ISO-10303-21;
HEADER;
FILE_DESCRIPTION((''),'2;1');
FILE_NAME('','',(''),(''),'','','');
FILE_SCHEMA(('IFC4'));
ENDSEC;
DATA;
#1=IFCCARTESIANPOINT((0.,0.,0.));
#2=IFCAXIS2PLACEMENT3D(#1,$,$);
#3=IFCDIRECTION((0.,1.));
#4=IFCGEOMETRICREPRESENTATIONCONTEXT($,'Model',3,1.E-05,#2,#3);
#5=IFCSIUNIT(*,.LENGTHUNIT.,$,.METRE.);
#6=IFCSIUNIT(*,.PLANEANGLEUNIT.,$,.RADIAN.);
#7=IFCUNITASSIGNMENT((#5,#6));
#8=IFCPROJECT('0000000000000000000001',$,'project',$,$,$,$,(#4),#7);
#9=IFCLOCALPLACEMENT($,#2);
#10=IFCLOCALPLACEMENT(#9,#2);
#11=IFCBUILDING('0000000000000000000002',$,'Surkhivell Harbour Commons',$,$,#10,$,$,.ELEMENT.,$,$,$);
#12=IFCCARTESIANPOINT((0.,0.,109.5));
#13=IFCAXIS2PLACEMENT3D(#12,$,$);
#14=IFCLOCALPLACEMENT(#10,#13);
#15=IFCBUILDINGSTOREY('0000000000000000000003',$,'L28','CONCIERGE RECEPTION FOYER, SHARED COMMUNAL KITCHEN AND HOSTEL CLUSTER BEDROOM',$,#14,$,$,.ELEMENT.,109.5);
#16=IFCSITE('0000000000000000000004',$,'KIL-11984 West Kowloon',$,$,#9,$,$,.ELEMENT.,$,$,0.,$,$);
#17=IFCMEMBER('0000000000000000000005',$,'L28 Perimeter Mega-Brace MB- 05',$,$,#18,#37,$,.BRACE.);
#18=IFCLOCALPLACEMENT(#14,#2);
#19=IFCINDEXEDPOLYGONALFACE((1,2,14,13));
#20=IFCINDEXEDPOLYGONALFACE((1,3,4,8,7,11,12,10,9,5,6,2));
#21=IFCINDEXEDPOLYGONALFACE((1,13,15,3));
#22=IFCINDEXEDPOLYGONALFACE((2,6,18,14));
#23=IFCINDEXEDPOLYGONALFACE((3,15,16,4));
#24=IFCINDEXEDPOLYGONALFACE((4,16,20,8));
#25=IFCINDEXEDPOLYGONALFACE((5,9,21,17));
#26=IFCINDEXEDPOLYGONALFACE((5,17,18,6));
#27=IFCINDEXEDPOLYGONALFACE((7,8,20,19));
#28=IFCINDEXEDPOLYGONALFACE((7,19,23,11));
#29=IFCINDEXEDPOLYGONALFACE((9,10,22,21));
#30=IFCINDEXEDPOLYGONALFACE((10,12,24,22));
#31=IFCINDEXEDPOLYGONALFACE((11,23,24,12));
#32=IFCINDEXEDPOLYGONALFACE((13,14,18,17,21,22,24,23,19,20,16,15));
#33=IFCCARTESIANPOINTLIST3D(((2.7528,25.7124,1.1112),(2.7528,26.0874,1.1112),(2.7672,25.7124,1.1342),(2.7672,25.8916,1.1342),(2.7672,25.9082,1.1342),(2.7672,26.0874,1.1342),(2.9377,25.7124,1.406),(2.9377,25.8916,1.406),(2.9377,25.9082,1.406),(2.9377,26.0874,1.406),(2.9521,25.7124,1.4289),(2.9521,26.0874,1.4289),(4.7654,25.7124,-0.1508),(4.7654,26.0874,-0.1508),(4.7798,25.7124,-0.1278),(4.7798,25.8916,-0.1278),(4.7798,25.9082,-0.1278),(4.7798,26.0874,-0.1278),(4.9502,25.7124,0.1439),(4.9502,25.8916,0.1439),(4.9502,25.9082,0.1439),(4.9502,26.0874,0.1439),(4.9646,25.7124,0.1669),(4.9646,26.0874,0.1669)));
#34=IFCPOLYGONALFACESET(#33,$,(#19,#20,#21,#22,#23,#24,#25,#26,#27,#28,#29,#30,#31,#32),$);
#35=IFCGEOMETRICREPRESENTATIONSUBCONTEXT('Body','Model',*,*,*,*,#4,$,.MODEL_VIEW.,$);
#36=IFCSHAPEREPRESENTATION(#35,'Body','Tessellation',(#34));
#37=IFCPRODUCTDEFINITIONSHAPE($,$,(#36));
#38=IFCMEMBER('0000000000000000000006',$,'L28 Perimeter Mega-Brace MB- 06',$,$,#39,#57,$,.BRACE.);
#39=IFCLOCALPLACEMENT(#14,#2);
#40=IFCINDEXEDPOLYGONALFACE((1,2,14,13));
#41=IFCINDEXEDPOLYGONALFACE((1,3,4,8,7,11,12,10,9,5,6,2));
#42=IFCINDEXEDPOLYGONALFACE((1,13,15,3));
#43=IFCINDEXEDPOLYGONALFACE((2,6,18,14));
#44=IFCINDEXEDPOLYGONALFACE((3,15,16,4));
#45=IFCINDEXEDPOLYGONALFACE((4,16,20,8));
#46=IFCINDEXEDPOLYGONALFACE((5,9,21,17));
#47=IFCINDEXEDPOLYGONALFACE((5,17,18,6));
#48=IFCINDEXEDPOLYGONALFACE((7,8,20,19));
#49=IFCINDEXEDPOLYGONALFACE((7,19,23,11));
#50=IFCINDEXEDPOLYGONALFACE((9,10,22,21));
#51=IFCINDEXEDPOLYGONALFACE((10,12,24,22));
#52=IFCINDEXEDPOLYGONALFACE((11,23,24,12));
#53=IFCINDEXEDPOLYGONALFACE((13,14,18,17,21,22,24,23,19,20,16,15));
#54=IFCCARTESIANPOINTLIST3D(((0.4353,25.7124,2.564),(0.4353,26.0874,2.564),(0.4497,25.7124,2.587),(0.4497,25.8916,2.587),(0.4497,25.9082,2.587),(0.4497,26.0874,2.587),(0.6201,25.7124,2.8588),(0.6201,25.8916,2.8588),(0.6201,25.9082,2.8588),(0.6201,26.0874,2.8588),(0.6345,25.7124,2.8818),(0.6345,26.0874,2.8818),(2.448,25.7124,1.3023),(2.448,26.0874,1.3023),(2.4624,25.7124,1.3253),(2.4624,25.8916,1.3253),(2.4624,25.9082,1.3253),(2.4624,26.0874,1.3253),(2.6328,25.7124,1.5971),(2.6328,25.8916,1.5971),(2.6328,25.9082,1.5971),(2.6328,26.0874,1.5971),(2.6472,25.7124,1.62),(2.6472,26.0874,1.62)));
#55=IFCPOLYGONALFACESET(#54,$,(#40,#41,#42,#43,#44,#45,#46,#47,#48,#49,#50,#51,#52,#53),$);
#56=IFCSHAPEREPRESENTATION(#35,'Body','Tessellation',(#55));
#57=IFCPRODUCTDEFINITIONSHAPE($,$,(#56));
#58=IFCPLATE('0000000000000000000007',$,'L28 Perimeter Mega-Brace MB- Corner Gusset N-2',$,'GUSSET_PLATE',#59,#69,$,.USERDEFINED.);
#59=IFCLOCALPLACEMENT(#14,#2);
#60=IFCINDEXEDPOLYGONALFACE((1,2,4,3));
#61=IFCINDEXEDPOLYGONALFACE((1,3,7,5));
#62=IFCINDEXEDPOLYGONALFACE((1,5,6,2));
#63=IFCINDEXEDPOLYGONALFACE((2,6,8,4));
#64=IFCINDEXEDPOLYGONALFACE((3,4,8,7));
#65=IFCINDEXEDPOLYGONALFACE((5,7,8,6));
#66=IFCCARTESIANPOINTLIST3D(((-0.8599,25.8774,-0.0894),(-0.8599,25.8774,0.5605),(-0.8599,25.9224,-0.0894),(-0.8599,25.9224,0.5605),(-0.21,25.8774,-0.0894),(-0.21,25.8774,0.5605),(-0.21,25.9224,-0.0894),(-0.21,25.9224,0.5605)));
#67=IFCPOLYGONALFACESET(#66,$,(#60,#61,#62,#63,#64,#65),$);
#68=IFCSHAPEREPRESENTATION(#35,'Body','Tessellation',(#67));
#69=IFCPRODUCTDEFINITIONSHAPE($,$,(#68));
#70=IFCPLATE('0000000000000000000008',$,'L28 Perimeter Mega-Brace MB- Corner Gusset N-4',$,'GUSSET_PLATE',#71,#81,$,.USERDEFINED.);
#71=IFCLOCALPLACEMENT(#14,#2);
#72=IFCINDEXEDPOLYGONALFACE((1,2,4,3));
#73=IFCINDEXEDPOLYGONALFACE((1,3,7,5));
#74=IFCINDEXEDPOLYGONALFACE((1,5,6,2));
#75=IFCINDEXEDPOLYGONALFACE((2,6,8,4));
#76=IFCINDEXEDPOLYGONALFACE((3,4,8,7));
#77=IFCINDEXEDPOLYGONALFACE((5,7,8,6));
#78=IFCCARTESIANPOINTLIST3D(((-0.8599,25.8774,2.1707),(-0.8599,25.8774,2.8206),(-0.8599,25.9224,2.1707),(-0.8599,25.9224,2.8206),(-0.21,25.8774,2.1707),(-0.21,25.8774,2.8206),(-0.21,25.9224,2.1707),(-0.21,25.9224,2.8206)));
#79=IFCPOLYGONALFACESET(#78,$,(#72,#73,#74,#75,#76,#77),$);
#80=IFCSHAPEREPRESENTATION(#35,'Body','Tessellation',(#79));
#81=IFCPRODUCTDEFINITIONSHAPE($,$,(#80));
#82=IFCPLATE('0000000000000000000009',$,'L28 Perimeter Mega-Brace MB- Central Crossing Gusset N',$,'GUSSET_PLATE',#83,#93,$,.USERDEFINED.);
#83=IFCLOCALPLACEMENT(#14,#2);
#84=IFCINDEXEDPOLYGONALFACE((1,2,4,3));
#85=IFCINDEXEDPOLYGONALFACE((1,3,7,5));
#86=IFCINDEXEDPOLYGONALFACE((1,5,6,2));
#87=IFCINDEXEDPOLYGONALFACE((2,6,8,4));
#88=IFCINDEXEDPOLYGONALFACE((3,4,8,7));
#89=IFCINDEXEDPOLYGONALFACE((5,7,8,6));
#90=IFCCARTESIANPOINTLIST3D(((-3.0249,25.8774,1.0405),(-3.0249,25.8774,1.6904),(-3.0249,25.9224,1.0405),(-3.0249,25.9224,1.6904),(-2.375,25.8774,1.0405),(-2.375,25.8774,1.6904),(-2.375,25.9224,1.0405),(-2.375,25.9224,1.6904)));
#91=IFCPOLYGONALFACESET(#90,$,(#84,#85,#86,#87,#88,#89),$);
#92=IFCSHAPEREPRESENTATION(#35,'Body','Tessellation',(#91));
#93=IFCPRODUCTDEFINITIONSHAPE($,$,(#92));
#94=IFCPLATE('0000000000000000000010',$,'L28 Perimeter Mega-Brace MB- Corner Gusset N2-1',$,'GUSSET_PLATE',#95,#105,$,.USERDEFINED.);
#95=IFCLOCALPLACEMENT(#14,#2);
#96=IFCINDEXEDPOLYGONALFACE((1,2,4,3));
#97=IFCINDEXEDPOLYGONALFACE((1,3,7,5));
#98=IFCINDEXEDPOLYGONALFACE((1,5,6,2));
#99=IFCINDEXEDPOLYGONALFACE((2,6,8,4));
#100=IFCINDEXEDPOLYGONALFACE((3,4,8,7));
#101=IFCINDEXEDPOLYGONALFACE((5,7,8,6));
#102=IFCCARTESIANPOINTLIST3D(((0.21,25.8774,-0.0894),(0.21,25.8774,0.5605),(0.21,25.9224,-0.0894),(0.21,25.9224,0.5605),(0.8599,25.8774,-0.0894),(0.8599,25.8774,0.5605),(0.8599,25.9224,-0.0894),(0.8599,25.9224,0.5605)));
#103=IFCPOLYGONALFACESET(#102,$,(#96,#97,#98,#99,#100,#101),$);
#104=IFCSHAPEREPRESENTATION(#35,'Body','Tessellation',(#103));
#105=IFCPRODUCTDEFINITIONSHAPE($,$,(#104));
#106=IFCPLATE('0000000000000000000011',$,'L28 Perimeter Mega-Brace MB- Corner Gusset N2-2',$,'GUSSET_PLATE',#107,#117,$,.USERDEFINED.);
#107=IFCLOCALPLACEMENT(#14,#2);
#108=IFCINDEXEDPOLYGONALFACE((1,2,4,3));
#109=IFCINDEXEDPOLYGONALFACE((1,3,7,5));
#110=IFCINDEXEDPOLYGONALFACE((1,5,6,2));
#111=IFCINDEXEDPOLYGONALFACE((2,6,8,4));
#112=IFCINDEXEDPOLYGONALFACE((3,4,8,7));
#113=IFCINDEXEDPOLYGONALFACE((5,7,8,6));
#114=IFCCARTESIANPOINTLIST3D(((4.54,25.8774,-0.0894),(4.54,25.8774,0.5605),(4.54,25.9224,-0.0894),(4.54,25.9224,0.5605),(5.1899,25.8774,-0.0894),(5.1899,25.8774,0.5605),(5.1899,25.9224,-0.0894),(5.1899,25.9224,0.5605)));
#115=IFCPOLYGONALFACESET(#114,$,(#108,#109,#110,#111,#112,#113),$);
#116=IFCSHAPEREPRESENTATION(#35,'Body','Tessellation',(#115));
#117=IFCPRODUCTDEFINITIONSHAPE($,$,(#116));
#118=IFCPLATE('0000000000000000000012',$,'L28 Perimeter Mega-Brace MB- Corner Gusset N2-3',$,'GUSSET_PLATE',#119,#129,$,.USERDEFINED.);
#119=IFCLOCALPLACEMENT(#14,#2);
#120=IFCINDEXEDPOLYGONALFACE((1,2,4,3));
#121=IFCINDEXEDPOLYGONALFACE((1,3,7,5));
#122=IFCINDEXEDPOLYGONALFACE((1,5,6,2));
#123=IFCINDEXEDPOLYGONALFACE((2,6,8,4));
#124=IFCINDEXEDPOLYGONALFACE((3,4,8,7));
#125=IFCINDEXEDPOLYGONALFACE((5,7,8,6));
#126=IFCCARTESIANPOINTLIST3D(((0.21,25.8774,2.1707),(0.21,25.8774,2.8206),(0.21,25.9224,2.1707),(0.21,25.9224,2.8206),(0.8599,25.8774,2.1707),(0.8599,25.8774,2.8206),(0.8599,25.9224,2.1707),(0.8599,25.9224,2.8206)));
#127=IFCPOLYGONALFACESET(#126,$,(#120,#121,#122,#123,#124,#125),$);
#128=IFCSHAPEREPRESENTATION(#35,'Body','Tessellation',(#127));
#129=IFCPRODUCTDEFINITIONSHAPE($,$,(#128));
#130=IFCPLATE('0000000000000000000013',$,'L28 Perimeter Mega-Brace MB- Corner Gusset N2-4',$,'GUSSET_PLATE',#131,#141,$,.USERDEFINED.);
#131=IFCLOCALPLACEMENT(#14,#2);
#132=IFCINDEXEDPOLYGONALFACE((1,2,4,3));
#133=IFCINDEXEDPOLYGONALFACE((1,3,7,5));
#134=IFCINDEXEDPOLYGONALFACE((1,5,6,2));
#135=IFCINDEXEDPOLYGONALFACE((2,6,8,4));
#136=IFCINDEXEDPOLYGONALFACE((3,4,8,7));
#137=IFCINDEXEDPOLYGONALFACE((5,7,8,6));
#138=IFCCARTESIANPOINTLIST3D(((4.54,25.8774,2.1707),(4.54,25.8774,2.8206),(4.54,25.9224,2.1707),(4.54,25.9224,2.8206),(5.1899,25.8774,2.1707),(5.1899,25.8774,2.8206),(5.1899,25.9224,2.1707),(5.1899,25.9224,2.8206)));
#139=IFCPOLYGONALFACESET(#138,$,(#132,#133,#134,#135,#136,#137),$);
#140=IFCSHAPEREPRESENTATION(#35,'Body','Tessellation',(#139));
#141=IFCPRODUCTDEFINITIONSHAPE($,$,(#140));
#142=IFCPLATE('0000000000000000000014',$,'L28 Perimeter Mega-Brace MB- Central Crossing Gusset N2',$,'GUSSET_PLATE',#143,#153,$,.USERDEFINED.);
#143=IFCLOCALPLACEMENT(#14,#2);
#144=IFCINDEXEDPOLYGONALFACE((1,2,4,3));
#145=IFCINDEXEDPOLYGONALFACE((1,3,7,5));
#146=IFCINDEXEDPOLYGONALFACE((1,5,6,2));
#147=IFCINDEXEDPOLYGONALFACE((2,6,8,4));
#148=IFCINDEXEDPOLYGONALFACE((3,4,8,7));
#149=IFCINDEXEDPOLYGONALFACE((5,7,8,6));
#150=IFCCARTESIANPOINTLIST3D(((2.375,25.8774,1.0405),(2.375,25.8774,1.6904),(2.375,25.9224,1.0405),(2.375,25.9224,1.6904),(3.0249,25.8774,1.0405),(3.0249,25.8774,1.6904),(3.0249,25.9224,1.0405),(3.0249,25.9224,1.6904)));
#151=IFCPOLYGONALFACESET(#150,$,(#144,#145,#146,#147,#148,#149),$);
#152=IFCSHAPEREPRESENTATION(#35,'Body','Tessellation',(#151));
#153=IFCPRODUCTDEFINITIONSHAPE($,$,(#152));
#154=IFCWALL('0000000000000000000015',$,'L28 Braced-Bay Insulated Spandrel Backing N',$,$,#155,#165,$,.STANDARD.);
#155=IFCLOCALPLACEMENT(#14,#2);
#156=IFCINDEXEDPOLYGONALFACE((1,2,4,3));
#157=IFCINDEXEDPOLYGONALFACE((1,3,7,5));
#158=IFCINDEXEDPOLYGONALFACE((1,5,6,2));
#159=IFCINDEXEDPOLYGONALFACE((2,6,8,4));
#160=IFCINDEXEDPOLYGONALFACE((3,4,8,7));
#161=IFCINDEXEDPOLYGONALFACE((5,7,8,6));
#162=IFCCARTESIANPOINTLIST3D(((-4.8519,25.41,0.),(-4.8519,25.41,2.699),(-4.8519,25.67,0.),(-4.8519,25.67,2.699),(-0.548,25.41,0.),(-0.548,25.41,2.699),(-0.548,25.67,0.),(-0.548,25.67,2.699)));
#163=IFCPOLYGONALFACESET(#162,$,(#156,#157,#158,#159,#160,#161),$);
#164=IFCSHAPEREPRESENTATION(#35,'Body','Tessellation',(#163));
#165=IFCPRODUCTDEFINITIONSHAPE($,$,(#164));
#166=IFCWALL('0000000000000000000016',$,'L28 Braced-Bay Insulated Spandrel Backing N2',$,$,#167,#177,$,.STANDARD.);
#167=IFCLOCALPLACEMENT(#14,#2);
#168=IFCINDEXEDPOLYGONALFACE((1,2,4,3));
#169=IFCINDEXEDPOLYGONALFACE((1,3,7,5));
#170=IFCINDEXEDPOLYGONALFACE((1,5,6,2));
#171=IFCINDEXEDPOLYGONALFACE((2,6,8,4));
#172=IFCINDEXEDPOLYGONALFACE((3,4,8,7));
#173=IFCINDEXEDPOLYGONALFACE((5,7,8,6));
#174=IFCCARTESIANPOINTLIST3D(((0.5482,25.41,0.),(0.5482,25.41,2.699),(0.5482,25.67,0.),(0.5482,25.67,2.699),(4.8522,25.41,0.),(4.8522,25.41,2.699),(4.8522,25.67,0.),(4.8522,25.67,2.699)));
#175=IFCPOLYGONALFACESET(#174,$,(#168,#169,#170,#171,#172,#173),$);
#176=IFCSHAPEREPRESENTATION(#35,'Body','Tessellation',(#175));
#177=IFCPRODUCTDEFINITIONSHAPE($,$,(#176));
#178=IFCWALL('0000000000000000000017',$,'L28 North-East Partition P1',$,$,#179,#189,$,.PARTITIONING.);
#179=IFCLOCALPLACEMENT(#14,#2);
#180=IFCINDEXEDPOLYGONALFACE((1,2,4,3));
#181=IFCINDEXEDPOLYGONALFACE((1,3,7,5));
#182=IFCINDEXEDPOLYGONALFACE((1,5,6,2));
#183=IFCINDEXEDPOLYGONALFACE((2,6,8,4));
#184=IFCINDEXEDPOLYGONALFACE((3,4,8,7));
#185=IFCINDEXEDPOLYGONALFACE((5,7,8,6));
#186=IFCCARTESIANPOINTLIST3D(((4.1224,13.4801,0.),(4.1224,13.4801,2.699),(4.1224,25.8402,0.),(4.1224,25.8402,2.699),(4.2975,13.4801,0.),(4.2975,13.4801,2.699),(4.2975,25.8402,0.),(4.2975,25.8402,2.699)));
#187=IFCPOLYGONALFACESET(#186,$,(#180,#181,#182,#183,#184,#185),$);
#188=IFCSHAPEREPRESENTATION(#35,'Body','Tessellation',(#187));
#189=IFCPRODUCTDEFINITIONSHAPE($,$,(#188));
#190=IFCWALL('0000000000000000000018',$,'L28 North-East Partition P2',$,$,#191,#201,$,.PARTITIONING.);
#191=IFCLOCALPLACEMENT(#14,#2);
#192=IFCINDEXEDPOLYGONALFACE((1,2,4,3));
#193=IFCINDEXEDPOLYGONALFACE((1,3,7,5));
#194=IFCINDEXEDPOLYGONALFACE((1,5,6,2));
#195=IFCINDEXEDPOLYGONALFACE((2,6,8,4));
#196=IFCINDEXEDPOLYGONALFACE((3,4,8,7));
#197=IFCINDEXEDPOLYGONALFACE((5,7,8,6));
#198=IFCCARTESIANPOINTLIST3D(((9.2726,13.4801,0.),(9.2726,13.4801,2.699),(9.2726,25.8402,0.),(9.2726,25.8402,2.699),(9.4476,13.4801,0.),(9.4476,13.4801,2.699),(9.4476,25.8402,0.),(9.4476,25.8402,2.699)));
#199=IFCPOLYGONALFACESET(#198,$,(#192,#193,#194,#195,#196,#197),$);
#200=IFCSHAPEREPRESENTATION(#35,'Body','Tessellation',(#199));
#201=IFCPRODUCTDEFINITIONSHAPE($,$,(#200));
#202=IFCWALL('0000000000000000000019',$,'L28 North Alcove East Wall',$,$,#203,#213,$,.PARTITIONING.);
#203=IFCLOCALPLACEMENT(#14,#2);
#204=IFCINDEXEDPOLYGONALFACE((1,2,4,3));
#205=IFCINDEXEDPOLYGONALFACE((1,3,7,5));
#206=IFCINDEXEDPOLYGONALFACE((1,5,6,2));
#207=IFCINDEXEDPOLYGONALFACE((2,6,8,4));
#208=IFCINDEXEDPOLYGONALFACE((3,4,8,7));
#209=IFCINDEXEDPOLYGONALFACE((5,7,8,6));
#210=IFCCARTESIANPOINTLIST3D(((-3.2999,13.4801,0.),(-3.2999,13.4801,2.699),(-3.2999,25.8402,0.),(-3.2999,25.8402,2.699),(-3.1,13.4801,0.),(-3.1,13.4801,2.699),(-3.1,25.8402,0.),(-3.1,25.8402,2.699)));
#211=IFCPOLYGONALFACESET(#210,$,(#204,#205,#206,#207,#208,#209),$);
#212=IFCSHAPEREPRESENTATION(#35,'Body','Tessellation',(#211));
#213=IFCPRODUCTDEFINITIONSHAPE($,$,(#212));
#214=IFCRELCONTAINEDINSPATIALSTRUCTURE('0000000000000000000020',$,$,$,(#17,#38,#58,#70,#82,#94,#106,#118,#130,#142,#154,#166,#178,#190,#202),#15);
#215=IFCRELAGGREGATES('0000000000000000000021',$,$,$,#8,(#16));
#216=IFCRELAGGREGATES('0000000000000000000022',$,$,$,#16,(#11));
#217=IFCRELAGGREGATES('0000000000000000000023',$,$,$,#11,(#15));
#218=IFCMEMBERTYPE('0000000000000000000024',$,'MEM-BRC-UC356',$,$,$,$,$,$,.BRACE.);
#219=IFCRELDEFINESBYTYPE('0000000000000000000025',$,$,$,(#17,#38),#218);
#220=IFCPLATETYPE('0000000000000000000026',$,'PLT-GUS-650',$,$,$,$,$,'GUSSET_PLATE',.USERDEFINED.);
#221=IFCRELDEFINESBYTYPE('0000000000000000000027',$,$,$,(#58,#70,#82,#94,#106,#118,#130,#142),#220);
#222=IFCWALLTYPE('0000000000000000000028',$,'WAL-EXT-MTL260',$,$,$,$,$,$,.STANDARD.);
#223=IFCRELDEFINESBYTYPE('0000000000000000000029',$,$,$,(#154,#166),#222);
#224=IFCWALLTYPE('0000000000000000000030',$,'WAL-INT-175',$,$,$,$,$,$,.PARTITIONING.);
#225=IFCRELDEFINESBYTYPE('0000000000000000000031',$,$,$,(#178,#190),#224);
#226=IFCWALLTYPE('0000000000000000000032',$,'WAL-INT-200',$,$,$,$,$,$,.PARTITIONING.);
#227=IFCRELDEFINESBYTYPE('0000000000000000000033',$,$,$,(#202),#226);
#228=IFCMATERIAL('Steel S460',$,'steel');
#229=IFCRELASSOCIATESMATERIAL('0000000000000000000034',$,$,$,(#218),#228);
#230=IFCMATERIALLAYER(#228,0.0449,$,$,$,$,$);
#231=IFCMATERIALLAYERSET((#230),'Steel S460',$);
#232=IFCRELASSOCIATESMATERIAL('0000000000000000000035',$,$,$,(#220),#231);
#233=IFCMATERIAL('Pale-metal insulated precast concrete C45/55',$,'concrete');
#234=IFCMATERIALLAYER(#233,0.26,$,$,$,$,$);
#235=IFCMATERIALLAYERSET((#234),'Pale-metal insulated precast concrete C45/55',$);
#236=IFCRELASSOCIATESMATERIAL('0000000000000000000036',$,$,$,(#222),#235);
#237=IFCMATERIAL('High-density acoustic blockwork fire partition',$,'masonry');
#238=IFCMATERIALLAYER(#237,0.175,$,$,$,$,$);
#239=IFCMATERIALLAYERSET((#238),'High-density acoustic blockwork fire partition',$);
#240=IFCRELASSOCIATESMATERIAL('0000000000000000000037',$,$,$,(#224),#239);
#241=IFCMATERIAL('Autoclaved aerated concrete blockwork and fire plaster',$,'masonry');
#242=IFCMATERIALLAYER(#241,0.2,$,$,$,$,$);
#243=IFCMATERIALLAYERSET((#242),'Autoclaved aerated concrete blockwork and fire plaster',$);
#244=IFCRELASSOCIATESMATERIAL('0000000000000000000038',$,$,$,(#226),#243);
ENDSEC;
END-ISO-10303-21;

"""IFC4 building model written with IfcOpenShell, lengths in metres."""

from ifc_helpers import new_model, si_unit, direction, frame, frame_2d, origin, origin_2d, place, context, subcontext, project, spatial, rectangle, i_section, extrude, material, layer, layer_set, material_profile, profile_set, type_object, element, save


model = new_model("IFC4")

# Units and contexts
model_context = context("Model", 3, precision=1e-05, world=origin(), true_north=direction((0.0, 1.0)))
body_context = subcontext(model_context, "Body", "Model", "MODEL_VIEW")
ifc_project = project(units=[si_unit("LENGTHUNIT", "METRE"), si_unit("PLANEANGLEUNIT", "RADIAN")], contexts=[model_context])

# Site, building, storey
site_placement = place(None, origin())
site = spatial("IfcSite", under=ifc_project, at=site_placement, Name="KIL-11984 West Kowloon", CompositionType="ELEMENT", RefElevation=0.0)
building_placement = place(site_placement, origin())
building = spatial("IfcBuilding", under=site, at=building_placement, Name="Surkhivell Harbour Commons", CompositionType="ELEMENT")
storey_placement = place(building_placement, frame((0.0, 0.0, 109.5)))
storey = spatial("IfcBuildingStorey", under=building, at=storey_placement, Name="L28", Description="CONCIERGE RECEPTION FOYER, SHARED COMMUNAL KITCHEN AND HOSTEL CLUSTER BEDROOM", CompositionType="ELEMENT", Elevation=109.5)

# Shared definitions
ifc_material_1 = material(Name="Steel S460", Category="steel")

# Members
ifc_material_profile_1 = material_profile(ifc_material_1, i_section(OverallWidth=0.375, OverallDepth=0.375, WebThickness=0.0166, FlangeThickness=0.0271, at=origin_2d()), Name="UC356x368x202")
ifc_profile_set_1 = profile_set([ifc_material_profile_1], Name="Steel S460")
member_type_1 = type_object("IfcMemberType", Name="MEM-BRC-UC356", PredefinedType="BRACE", material=ifc_profile_set_1)
for number, where, z_axis, x_axis, name in (
    (1, (4.865, 25.8999, 0.0081), (-0.847206, 0.0, 0.531264), (0.0, -1.0, 0.0), "L28 Perimeter Mega-Brace MB- 05"),
    (2, (2.5476, 25.8999, 1.4612), (-0.847282, 0.0, 0.531144), (0.0, -1.0, 0.0), "L28 Perimeter Mega-Brace MB- 06"),
):
    element("IfcMember", number, at=place(storey_placement, frame(where, z_axis=z_axis, x_axis=x_axis)), inside=storey, type_object=member_type_1, Name=name, PredefinedType="BRACE", context=body_context, shape_type="SweptSolid", body=[
        extrude(i_section(OverallWidth=0.375, OverallDepth=0.375, WebThickness=0.0166, FlangeThickness=0.0271, at=origin_2d()), origin(), (0.0, 0.0, 1.0), 2.3755),
    ])

# Plates
ifc_layer_1 = layer(ifc_material_1, 0.0449)
ifc_layer_set_1 = layer_set([ifc_layer_1], Name="Steel S460")
plate_type = type_object("IfcPlateType", Name="PLT-GUS-650", ElementType="GUSSET_PLATE", PredefinedType="USERDEFINED", material=ifc_layer_set_1)
for number, where, z_axis, x_axis, name in (
    (3, (-0.5349, 25.8999, -0.0894), (0.0, 0.0, 1.0), (1.0, 0.0, 0.0), "L28 Perimeter Mega-Brace MB- Corner Gusset N-2"),
    (4, (-0.5349, 25.8999, 2.1707), (0.0, 0.0, 1.0), (1.0, 0.0, 0.0), "L28 Perimeter Mega-Brace MB- Corner Gusset N-4"),
    (5, (-2.7, 25.8999, 1.0405), (0.0, 0.0, 1.0), (1.0, 0.0, 0.0), "L28 Perimeter Mega-Brace MB- Central Crossing Gusset N"),
    (6, (0.5349, 25.8999, -0.0894), (0.0, 0.0, 1.0), (1.0, 0.0, 0.0), "L28 Perimeter Mega-Brace MB- Corner Gusset N2-1"),
    (7, (4.865, 25.8999, -0.0894), (0.0, 0.0, 1.0), (1.0, 0.0, 0.0), "L28 Perimeter Mega-Brace MB- Corner Gusset N2-2"),
    (8, (0.5349, 25.8999, 2.1707), (0.0, 0.0, 1.0), (1.0, 0.0, 0.0), "L28 Perimeter Mega-Brace MB- Corner Gusset N2-3"),
    (9, (4.865, 25.8999, 2.1707), (0.0, 0.0, 1.0), (1.0, 0.0, 0.0), "L28 Perimeter Mega-Brace MB- Corner Gusset N2-4"),
    (10, (2.7, 25.8999, 1.0405), (0.0, 0.0, 1.0), (1.0, 0.0, 0.0), "L28 Perimeter Mega-Brace MB- Central Crossing Gusset N2"),
):
    element("IfcPlate", number, at=place(storey_placement, frame(where, z_axis=z_axis, x_axis=x_axis)), inside=storey, type_object=plate_type, Name=name, ObjectType="GUSSET_PLATE", PredefinedType="USERDEFINED", context=body_context, shape_type="SweptSolid", body=[
        extrude(rectangle(XDim=0.6499, YDim=0.0449, at=origin_2d()), origin(), (0.0, 0.0, 1.0), 0.6499),
    ])

# Walls
ifc_material_2 = material(Name="Pale-metal insulated precast concrete C45/55", Category="concrete")
ifc_layer_2 = layer(ifc_material_2, 0.26)
ifc_layer_set_2 = layer_set([ifc_layer_2], Name="Pale-metal insulated precast concrete C45/55")
wall_type_1 = type_object("IfcWallType", Name="WAL-EXT-MTL260", PredefinedType="STANDARD", material=ifc_layer_set_2)
for number, where, z_axis, x_axis, name in (
    (11, (-0.5481, 25.54, 0.0), (0.0, 0.0, 1.0), (-1.0, 0.0, 0.0), "L28 Braced-Bay Insulated Spandrel Backing N"),
    (12, (4.8521, 25.54, 0.0), (0.0, 0.0, 1.0), (-1.0, 0.0, 0.0), "L28 Braced-Bay Insulated Spandrel Backing N2"),
):
    element("IfcWall", number, at=place(storey_placement, frame(where, z_axis=z_axis, x_axis=x_axis)), inside=storey, type_object=wall_type_1, Name=name, PredefinedType="STANDARD", context=body_context, shape_type="SweptSolid", body=[
        extrude(rectangle(XDim=4.304, YDim=0.26, at=frame_2d((2.1519, 0.0))), origin(), (0.0, 0.0, 1.0), 2.699),
    ])
ifc_material_3 = material(Name="High-density acoustic blockwork fire partition", Category="masonry")
ifc_layer_3 = layer(ifc_material_3, 0.175)
ifc_layer_set_3 = layer_set([ifc_layer_3], Name="High-density acoustic blockwork fire partition")
wall_type_2 = type_object("IfcWallType", Name="WAL-INT-175", PredefinedType="PARTITIONING", material=ifc_layer_set_3)
for number, where, z_axis, x_axis, name in (
    (13, (4.21, 13.48, 0.0), (0.0, 0.0, 1.0), (0.0, 1.0, 0.0), "L28 North-East Partition P1"),
    (14, (9.3601, 13.48, 0.0), (0.0, 0.0, 1.0), (0.0, 1.0, 0.0), "L28 North-East Partition P2"),
):
    element("IfcWall", number, at=place(storey_placement, frame(where, z_axis=z_axis, x_axis=x_axis)), inside=storey, type_object=wall_type_2, Name=name, PredefinedType="PARTITIONING", context=body_context, shape_type="SweptSolid", body=[
        extrude(rectangle(XDim=12.3601, YDim=0.175, at=frame_2d((6.1802, 0.0))), origin(), (0.0, 0.0, 1.0), 2.699),
    ])
ifc_material_4 = material(Name="Autoclaved aerated concrete blockwork and fire plaster", Category="masonry")
ifc_layer_4 = layer(ifc_material_4, 0.2)
ifc_layer_set_4 = layer_set([ifc_layer_4], Name="Autoclaved aerated concrete blockwork and fire plaster")
wall_type_3 = type_object("IfcWallType", Name="WAL-INT-200", PredefinedType="PARTITIONING", material=ifc_layer_set_4)
wall_placement = place(storey_placement, frame((-3.2, 13.48, 0.0), z_axis=(0.0, 0.0, 1.0), x_axis=(0.0, 1.0, 0.0)))
element("IfcWall", 15, at=wall_placement, inside=storey, type_object=wall_type_3, Name="L28 North Alcove East Wall", PredefinedType="PARTITIONING", context=body_context, shape_type="SweptSolid", body=[
    extrude(rectangle(XDim=12.3601, YDim=0.2, at=frame_2d((6.1802, 0.0))), origin(), (0.0, 0.0, 1.0), 2.699),
])

save(model, "model.ifc")
